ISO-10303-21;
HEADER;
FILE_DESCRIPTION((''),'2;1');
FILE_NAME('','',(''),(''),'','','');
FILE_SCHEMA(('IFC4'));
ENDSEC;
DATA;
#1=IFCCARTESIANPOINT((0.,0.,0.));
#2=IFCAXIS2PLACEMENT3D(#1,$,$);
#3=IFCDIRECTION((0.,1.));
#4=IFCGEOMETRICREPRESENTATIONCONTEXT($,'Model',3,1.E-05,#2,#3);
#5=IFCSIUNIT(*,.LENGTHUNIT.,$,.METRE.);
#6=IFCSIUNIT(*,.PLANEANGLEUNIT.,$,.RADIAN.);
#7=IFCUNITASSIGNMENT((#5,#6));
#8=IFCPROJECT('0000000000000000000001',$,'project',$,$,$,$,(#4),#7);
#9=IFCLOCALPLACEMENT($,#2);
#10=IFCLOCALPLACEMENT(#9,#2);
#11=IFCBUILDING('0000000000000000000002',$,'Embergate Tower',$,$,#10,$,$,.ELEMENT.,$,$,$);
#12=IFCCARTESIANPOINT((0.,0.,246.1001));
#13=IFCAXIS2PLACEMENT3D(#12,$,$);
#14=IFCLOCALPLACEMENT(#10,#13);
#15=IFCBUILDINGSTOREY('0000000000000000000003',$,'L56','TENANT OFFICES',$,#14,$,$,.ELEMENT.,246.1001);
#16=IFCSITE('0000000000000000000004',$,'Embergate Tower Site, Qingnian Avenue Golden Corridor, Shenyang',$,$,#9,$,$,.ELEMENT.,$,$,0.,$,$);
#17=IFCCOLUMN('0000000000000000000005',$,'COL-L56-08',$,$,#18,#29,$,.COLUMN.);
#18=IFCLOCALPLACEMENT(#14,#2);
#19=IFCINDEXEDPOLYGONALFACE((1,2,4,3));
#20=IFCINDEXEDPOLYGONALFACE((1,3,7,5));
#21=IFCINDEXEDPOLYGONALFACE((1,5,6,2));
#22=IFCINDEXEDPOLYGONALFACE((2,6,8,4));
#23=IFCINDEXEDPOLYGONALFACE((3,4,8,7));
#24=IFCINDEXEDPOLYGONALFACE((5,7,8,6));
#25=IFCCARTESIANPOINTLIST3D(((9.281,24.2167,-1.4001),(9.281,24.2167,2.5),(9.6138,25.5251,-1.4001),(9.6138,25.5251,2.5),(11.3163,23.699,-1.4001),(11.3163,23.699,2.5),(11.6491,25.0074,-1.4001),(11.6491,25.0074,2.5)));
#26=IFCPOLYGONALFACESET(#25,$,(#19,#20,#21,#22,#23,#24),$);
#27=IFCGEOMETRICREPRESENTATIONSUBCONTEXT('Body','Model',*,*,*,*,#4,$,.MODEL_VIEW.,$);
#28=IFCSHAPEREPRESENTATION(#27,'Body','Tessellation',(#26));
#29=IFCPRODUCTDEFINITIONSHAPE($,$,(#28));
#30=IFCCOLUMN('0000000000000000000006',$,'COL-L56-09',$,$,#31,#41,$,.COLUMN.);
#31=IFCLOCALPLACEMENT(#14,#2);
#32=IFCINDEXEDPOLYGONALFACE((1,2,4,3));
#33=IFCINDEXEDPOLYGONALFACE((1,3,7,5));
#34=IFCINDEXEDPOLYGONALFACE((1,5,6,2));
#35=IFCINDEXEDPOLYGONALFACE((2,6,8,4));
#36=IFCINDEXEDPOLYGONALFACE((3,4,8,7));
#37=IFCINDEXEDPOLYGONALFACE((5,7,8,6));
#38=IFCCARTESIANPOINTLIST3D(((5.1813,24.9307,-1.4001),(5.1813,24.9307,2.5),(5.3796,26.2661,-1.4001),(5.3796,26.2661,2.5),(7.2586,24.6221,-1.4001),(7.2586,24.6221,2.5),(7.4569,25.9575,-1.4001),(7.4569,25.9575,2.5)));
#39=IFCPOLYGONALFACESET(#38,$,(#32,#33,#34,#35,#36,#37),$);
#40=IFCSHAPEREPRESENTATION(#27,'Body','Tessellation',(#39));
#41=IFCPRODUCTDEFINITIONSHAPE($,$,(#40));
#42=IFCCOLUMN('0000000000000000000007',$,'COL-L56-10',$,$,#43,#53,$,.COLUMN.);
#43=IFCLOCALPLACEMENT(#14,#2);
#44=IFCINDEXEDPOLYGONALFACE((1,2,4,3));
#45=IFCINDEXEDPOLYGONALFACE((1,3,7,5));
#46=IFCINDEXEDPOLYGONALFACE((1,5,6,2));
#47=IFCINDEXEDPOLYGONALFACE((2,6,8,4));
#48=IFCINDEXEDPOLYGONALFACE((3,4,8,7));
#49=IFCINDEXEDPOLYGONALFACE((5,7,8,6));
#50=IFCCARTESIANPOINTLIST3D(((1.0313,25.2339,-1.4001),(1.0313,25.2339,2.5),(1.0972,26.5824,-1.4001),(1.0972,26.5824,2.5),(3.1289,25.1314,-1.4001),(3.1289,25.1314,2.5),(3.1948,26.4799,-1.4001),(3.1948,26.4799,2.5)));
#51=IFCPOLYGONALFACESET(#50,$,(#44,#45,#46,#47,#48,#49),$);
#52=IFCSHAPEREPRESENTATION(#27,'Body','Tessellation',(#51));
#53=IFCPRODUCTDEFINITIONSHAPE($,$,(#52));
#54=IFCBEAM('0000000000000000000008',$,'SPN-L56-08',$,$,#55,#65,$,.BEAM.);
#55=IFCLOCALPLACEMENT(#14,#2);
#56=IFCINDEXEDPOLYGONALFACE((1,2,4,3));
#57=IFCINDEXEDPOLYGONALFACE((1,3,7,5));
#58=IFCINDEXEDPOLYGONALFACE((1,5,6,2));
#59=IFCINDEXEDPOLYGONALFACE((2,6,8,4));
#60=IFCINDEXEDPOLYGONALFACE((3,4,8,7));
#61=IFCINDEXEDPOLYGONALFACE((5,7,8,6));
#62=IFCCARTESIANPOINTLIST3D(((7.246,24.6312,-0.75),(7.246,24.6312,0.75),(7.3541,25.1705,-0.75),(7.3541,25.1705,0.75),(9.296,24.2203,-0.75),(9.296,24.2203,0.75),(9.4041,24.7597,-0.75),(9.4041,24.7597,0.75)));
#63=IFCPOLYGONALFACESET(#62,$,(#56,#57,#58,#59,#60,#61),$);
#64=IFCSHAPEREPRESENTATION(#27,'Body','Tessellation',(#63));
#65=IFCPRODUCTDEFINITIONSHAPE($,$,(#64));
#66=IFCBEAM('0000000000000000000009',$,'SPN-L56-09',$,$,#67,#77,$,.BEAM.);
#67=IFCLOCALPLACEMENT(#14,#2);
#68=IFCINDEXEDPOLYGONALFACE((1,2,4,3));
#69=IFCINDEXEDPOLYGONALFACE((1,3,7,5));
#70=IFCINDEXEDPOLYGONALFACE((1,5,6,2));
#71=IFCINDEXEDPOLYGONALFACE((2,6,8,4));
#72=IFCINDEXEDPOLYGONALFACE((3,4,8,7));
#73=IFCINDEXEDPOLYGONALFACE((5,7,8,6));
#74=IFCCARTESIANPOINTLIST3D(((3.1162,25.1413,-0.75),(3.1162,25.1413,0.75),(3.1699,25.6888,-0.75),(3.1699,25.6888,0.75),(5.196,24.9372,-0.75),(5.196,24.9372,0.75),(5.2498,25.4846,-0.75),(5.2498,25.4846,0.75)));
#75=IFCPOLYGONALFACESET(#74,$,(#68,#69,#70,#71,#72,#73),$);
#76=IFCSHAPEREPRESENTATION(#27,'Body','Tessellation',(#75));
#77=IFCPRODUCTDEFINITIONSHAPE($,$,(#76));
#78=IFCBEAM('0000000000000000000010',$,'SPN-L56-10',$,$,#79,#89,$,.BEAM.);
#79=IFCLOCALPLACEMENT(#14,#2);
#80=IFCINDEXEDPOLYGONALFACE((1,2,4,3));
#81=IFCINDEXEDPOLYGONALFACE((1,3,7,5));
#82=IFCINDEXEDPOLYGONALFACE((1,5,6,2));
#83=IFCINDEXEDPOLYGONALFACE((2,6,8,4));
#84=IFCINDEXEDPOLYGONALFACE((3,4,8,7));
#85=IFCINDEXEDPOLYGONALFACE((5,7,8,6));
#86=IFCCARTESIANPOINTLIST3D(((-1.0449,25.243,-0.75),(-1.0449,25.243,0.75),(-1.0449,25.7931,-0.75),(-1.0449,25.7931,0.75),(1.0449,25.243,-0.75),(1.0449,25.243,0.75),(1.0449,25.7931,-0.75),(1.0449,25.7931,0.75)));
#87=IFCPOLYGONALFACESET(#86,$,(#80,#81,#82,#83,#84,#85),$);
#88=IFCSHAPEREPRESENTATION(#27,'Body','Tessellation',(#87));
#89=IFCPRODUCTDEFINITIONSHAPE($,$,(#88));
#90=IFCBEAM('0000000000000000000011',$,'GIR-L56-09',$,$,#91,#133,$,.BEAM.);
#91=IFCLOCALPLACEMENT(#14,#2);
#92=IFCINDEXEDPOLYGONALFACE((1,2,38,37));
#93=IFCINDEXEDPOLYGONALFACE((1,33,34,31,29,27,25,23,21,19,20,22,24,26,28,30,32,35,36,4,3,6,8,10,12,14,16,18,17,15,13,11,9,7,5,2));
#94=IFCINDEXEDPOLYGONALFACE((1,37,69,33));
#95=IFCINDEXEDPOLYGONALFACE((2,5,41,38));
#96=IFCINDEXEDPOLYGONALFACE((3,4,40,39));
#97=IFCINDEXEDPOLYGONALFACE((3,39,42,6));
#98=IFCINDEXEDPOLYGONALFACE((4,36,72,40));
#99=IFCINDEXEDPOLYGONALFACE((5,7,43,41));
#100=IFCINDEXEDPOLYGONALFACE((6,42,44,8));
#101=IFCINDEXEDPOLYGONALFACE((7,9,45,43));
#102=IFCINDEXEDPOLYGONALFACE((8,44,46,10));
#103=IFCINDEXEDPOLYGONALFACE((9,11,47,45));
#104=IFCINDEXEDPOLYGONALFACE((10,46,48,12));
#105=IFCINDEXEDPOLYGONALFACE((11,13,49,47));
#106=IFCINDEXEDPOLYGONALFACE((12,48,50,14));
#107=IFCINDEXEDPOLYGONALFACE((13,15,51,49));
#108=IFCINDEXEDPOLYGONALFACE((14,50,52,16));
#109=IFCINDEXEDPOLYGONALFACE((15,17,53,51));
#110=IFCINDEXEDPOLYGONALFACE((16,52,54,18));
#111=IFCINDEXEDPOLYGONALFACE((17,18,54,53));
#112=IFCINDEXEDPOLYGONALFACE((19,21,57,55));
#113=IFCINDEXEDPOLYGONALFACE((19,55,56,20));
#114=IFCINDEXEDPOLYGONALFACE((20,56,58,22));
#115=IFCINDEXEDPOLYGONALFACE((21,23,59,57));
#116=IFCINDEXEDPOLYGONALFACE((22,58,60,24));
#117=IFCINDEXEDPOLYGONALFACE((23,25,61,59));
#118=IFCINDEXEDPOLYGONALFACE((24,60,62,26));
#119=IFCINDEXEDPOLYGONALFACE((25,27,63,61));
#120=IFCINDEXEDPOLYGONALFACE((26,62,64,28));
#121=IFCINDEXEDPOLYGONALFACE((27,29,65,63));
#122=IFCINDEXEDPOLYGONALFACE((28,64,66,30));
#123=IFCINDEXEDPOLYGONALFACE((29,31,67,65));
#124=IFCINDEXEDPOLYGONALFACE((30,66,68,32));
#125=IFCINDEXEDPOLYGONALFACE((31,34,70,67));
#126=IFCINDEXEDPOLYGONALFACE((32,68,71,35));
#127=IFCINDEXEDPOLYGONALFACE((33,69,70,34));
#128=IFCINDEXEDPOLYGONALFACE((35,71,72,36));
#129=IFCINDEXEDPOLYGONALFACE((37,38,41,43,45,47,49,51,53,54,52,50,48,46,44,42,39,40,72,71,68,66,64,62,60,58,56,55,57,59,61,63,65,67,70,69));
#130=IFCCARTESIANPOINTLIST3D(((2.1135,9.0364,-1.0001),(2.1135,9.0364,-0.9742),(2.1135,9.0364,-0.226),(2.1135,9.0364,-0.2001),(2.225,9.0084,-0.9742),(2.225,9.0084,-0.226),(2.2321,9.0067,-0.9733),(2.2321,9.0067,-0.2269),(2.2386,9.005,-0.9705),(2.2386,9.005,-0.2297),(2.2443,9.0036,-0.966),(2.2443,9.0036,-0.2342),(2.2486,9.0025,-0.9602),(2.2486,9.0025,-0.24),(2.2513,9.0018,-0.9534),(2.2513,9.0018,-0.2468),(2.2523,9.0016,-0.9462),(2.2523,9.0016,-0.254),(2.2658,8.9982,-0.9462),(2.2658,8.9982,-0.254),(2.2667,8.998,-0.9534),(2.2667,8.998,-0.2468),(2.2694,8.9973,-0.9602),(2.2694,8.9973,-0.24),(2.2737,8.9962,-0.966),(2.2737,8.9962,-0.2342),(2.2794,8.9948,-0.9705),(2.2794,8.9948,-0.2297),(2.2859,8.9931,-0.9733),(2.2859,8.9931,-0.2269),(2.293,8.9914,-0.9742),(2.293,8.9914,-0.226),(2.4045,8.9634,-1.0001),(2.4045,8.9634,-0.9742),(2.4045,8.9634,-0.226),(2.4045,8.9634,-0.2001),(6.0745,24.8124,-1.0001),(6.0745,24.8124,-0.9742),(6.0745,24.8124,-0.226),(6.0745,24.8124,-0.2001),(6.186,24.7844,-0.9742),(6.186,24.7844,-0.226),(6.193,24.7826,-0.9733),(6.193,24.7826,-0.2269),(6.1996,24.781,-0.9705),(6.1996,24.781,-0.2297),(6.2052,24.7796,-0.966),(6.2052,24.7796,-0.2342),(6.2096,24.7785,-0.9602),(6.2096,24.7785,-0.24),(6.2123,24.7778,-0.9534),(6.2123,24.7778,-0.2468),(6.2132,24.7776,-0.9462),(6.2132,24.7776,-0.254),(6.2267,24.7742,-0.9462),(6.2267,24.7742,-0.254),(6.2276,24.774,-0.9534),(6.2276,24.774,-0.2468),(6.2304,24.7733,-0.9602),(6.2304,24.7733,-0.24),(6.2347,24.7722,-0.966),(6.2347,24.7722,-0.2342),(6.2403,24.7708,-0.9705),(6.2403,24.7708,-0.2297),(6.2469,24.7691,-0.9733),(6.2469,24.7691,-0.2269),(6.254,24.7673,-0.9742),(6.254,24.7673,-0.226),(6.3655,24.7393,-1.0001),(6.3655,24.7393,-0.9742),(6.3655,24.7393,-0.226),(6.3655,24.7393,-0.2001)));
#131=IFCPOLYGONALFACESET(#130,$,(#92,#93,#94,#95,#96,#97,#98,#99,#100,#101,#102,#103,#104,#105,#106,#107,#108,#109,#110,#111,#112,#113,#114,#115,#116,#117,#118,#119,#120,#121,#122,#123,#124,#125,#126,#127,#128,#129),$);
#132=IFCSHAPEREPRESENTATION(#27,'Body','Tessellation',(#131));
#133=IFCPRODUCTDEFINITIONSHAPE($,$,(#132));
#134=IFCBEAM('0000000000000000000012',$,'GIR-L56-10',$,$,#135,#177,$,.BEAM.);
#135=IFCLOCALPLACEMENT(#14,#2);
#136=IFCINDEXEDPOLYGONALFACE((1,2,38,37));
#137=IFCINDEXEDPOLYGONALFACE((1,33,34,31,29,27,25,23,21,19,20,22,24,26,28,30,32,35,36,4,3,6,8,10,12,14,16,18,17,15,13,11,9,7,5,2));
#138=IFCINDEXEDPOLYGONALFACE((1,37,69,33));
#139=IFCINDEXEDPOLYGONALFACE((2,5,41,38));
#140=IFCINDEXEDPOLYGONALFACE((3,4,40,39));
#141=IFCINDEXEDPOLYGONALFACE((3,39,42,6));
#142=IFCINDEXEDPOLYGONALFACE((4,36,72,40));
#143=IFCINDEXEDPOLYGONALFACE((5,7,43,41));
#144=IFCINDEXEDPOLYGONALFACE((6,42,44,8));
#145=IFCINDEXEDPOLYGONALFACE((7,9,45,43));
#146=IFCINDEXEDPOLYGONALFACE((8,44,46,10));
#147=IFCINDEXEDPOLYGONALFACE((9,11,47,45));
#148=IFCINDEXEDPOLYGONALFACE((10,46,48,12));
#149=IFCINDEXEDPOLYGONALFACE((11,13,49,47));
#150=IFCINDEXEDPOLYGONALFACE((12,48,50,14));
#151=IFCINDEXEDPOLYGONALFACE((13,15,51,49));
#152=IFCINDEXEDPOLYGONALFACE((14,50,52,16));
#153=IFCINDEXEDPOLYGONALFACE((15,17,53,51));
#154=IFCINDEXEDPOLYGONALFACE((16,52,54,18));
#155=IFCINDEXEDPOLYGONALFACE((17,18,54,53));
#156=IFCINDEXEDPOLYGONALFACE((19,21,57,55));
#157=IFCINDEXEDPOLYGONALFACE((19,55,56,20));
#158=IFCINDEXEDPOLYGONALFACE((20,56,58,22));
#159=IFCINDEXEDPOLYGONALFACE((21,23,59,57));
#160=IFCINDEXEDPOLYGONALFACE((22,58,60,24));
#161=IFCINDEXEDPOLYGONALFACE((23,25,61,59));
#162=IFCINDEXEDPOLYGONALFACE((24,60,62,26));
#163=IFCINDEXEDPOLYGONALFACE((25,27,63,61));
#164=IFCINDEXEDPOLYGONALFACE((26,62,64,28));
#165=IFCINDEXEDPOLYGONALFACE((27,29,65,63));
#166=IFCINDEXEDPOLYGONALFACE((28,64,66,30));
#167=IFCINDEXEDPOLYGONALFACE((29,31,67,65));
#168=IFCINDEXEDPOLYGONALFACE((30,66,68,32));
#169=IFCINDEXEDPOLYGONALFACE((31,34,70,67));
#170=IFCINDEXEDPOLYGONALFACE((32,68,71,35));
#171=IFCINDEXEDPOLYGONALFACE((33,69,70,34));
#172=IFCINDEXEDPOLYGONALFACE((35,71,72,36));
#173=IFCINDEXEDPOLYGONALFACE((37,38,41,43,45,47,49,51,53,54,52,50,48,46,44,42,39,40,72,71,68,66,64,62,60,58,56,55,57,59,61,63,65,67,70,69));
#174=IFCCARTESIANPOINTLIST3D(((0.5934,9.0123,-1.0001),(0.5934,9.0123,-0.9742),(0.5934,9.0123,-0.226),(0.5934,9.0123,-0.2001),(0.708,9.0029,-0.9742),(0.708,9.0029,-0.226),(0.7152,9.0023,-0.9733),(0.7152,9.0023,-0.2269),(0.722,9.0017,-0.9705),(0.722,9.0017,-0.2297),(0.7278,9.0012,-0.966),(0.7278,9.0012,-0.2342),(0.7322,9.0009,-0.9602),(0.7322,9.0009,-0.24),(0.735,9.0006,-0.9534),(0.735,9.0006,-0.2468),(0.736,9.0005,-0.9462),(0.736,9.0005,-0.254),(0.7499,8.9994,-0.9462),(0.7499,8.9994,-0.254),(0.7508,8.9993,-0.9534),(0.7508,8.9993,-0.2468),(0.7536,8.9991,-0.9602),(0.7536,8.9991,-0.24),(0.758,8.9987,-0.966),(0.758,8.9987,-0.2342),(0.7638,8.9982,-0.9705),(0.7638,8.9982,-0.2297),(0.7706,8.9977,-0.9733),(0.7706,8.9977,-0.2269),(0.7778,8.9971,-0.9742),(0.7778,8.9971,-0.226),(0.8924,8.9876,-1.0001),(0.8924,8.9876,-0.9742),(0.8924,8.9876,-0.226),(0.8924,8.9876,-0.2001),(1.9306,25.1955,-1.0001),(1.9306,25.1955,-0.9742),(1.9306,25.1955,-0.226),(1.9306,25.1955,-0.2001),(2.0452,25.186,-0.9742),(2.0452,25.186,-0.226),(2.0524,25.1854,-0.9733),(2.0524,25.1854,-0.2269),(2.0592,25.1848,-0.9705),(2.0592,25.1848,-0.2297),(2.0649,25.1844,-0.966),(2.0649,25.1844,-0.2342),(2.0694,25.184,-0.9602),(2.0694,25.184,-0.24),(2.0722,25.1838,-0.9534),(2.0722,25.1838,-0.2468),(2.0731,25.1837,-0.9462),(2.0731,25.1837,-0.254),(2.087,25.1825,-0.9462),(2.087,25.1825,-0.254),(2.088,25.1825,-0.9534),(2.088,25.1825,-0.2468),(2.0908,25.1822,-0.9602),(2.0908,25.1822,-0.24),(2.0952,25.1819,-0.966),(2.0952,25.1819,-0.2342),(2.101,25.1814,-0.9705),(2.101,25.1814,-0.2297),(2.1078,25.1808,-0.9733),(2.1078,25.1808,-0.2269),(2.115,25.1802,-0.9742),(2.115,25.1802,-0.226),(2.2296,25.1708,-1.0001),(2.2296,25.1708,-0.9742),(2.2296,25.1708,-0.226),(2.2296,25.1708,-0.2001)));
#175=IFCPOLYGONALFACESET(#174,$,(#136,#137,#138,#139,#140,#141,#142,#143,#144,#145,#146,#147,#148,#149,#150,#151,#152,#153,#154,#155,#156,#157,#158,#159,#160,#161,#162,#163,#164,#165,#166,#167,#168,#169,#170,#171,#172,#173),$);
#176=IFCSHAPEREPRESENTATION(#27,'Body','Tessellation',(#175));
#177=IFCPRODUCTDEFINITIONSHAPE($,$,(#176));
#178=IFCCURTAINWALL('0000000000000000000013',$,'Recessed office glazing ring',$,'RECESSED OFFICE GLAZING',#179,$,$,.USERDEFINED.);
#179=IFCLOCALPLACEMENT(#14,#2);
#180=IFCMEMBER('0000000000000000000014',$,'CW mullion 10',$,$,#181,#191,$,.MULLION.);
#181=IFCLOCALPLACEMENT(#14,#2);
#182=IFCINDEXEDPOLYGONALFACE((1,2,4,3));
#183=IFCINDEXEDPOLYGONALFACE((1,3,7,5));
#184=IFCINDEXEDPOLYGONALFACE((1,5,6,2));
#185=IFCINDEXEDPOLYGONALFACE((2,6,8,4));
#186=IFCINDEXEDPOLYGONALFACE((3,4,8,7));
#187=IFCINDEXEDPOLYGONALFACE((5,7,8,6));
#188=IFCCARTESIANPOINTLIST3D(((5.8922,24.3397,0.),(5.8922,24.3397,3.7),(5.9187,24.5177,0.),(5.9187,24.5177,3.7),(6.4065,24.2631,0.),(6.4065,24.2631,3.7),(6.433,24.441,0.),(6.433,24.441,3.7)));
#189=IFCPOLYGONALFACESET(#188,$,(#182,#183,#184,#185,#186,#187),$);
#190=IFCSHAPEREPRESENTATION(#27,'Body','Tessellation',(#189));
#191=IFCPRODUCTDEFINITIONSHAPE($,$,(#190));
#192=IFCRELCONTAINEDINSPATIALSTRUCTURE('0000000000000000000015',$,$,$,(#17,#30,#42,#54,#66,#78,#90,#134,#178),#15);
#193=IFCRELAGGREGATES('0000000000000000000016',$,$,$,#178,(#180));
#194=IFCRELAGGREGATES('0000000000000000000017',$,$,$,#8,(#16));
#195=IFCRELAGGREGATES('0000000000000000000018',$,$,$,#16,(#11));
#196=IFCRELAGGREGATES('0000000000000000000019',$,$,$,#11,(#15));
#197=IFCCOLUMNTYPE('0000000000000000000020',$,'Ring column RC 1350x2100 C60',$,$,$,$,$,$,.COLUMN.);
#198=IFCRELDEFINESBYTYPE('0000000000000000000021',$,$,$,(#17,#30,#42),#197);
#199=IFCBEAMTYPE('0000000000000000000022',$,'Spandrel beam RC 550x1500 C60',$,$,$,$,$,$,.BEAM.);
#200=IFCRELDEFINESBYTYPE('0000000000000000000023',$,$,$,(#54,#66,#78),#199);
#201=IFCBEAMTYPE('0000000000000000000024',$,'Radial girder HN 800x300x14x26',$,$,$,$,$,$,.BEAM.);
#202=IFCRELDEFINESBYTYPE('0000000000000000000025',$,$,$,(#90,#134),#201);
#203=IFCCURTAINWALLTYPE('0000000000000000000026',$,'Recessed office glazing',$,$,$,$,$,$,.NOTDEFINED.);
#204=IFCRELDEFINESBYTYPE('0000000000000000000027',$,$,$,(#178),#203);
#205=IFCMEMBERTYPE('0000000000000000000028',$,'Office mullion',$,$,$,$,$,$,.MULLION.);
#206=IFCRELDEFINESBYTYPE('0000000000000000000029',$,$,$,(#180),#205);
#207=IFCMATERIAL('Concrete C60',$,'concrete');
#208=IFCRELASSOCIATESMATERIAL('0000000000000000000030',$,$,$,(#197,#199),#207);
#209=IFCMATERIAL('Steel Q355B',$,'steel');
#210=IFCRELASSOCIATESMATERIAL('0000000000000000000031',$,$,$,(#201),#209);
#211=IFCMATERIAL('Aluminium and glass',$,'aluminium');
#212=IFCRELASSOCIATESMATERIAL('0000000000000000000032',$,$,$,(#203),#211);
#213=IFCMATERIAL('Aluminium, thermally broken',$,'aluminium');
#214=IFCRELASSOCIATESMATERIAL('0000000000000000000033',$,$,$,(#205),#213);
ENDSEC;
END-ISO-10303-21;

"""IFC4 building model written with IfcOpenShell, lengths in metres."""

from ifc_helpers import new_model, si_unit, direction, frame, origin, origin_2d, place, context, subcontext, project, spatial, rectangle, i_section, extrude, source, transform, mapped, material, material_profile, profile_set, type_object, element, aggregate, save


model = new_model("IFC4")

# Units and contexts
model_context = context("Model", 3, precision=1e-05, world=origin(), true_north=direction((0.0, 1.0)))
body_context = subcontext(model_context, "Body", "Model", "MODEL_VIEW")
ifc_project = project(units=[si_unit("LENGTHUNIT", "METRE"), si_unit("PLANEANGLEUNIT", "RADIAN")], contexts=[model_context])

# Site, building, storey
site_placement = place(None, origin())
site = spatial("IfcSite", under=ifc_project, at=site_placement, Name="Embergate Tower Site, Qingnian Avenue Golden Corridor, Shenyang", CompositionType="ELEMENT", RefElevation=0.0)
building_placement = place(site_placement, origin())
building = spatial("IfcBuilding", under=site, at=building_placement, Name="Embergate Tower", CompositionType="ELEMENT")
storey_placement = place(building_placement, frame((0.0, 0.0, 246.1001)))
storey = spatial("IfcBuildingStorey", under=building, at=storey_placement, Name="L56", Description="TENANT OFFICES", CompositionType="ELEMENT", Elevation=246.1001)

# Columns
ifc_material_1 = material(Name="Concrete C60", Category="concrete")
ifc_material_profile_1 = material_profile(ifc_material_1, rectangle(XDim=1.3501, YDim=2.1001, at=origin_2d()), Name="RC 1350x2100")
ifc_profile_set_1 = profile_set([ifc_material_profile_1], Name="Concrete C60")
column_type = type_object("IfcColumnType", Name="Ring column RC 1350x2100 C60", PredefinedType="COLUMN", material=ifc_profile_set_1)
shared_shape_1 = source(origin(), body_context, "Body", "SweptSolid", [
    extrude(rectangle(XDim=1.3501, YDim=2.1001, at=origin_2d()), origin(), (0.0, 0.0, 1.0), 3.9001),
])
for number, where, z_axis, x_axis, name in (
    (1, (10.4651, 24.6121, -1.4001), (0.0, 0.0, 1.0), (0.246509, 0.969141, 0.0), "COL-L56-08"),
    (2, (6.3191, 25.4441, -1.4001), (0.0, 0.0, 1.0), (0.146929, 0.989147, 0.0), "COL-L56-09"),
    (3, (2.113, 25.8569, -1.4001), (0.0, 0.0, 1.0), (0.048815, 0.998808, 0.0), "COL-L56-10"),
):
    element("IfcColumn", number, at=place(storey_placement, frame(where, z_axis=z_axis, x_axis=x_axis)), inside=storey, type_object=column_type, Name=name, PredefinedType="COLUMN", context=body_context, shape_type="MappedRepresentation", body=[
        mapped(shared_shape_1, transform((0.0, 0.0, 0.0))),
    ])

# Beams
ifc_material_profile_2 = material_profile(ifc_material_1, rectangle(XDim=0.55, YDim=1.5, at=origin_2d()), Name="RC 550x1500")
ifc_profile_set_2 = profile_set([ifc_material_profile_2], Name="Concrete C60")
beam_type_1 = type_object("IfcBeamType", Name="Spandrel beam RC 550x1500 C60", PredefinedType="BEAM", material=ifc_profile_set_2)
shared_shape_2 = source(origin(), body_context, "Body", "SweptSolid", [
    extrude(rectangle(XDim=0.55, YDim=1.5, at=origin_2d()), origin(), (0.0, 0.0, 1.0), 2.0908),
])
beam_1_placement = place(storey_placement, frame((9.3501, 24.49, 0.0), z_axis=(-0.9805, 0.19652, 0.0), x_axis=(-0.19652, -0.9805, 0.0)))
element("IfcBeam", 4, at=beam_1_placement, inside=storey, type_object=beam_type_1, Name="SPN-L56-08", PredefinedType="BEAM", context=body_context, shape_type="MappedRepresentation", body=[
    mapped(shared_shape_2, transform((0.0, 0.0, 0.0))),
])
shared_shape_3 = source(origin(), body_context, "Body", "SweptSolid", [
    extrude(rectangle(XDim=0.55, YDim=1.5, at=origin_2d()), origin(), (0.0, 0.0, 1.0), 2.0898),
])
for number, where, z_axis, x_axis, name in (
    (5, (5.2229, 25.2109, 0.0), (-0.995219, 0.097664, 0.0), (-0.097664, -0.995219, 0.0), "SPN-L56-09"),
    (6, (1.0449, 25.5181, 0.0), (-1.0, 0.0, 0.0), (0.0, -1.0, 0.0), "SPN-L56-10"),
):
    element("IfcBeam", number, at=place(storey_placement, frame(where, z_axis=z_axis, x_axis=x_axis)), inside=storey, type_object=beam_type_1, Name=name, PredefinedType="BEAM", context=body_context, shape_type="MappedRepresentation", body=[
        mapped(shared_shape_3, transform((0.0, 0.0, 0.0))),
    ])
ifc_material_2 = material(Name="Steel Q355B", Category="steel")
ifc_material_profile_3 = material_profile(ifc_material_2, i_section(OverallWidth=0.3, OverallDepth=0.8, WebThickness=0.0139, FlangeThickness=0.0259, FilletRadius=0.0281, at=origin_2d()), Name="HN 800x300x14x26")
ifc_profile_set_3 = profile_set([ifc_material_profile_3], Name="Steel Q355 grade B")
beam_type_2 = type_object("IfcBeamType", Name="Radial girder HN 800x300x14x26", PredefinedType="BEAM", material=ifc_profile_set_3)
shared_shape_4 = source(origin(), body_context, "Body", "SweptSolid", [
    extrude(i_section(OverallWidth=0.3, OverallDepth=0.8, WebThickness=0.0139, FlangeThickness=0.0259, FilletRadius=0.0281, at=origin_2d()), origin(), (0.0, 0.0, 1.0), 16.2656),
])
beam_2_placement = place(storey_placement, frame((6.22, 24.7759, -0.6001), z_axis=(-0.243517, -0.969897, 0.0), x_axis=(0.969897, -0.243517, 0.0)))
element("IfcBeam", 7, at=beam_2_placement, inside=storey, type_object=beam_type_2, Name="GIR-L56-09", PredefinedType="BEAM", context=body_context, shape_type="MappedRepresentation", body=[
    mapped(shared_shape_4, transform((0.0, 0.0, 0.0))),
])
shared_shape_5 = source(origin(), body_context, "Body", "SweptSolid", [
    extrude(i_section(OverallWidth=0.3, OverallDepth=0.8, WebThickness=0.0139, FlangeThickness=0.0259, FilletRadius=0.0281, at=origin_2d()), origin(), (0.0, 0.0, 1.0), 16.2383),
])
beam_3_placement = place(storey_placement, frame((2.0801, 25.1831, -0.6001), z_axis=(-0.082346, -0.996604, 0.0), x_axis=(0.996604, -0.082346, 0.0)))
element("IfcBeam", 8, at=beam_3_placement, inside=storey, type_object=beam_type_2, Name="GIR-L56-10", PredefinedType="BEAM", context=body_context, shape_type="MappedRepresentation", body=[
    mapped(shared_shape_5, transform((0.0, 0.0, 0.0))),
])

# Curtain wall, member
ifc_material_3 = material(Name="Aluminium and glass", Category="aluminium")
curtain_wall_type = type_object("IfcCurtainWallType", Name="Recessed office glazing", PredefinedType="NOTDEFINED", material=ifc_material_3)
curtain_wall_placement = place(storey_placement, origin())
curtain_wall = element("IfcCurtainWall", 9, at=curtain_wall_placement, inside=storey, type_object=curtain_wall_type, Name="Recessed office glazing ring", ObjectType="RECESSED OFFICE GLAZING", PredefinedType="USERDEFINED")
ifc_material_4 = material(Name="Aluminium, thermally broken", Category="aluminium")
ifc_material_profile_4 = material_profile(ifc_material_4, rectangle(XDim=0.1799, YDim=0.52, at=origin_2d()), Name="AL 520x180")
ifc_profile_set_4 = profile_set([ifc_material_profile_4], Name="Aluminium, thermally broken")
member_type_1 = type_object("IfcMemberType", Name="Office mullion", PredefinedType="MULLION", material=ifc_profile_set_4)
shared_shape_6 = source(origin(), body_context, "Body", "SweptSolid", [
    extrude(rectangle(XDim=0.1799, YDim=0.52, at=origin_2d()), origin(), (0.0, 0.0, 1.0), 3.7),
])
member_1_placement = place(storey_placement, frame((6.1626, 24.3904, 0.0), z_axis=(0.0, 0.0, 1.0), x_axis=(-0.147412, -0.989075, 0.0)))
member_1 = element("IfcMember", 10, at=member_1_placement, type_object=member_type_1, Name="CW mullion 10", PredefinedType="MULLION", context=body_context, shape_type="MappedRepresentation", body=[
    mapped(shared_shape_6, transform((0.0, 0.0, 0.0))),
])
aggregate(curtain_wall, [member_1])

save(model, "model.ifc")
